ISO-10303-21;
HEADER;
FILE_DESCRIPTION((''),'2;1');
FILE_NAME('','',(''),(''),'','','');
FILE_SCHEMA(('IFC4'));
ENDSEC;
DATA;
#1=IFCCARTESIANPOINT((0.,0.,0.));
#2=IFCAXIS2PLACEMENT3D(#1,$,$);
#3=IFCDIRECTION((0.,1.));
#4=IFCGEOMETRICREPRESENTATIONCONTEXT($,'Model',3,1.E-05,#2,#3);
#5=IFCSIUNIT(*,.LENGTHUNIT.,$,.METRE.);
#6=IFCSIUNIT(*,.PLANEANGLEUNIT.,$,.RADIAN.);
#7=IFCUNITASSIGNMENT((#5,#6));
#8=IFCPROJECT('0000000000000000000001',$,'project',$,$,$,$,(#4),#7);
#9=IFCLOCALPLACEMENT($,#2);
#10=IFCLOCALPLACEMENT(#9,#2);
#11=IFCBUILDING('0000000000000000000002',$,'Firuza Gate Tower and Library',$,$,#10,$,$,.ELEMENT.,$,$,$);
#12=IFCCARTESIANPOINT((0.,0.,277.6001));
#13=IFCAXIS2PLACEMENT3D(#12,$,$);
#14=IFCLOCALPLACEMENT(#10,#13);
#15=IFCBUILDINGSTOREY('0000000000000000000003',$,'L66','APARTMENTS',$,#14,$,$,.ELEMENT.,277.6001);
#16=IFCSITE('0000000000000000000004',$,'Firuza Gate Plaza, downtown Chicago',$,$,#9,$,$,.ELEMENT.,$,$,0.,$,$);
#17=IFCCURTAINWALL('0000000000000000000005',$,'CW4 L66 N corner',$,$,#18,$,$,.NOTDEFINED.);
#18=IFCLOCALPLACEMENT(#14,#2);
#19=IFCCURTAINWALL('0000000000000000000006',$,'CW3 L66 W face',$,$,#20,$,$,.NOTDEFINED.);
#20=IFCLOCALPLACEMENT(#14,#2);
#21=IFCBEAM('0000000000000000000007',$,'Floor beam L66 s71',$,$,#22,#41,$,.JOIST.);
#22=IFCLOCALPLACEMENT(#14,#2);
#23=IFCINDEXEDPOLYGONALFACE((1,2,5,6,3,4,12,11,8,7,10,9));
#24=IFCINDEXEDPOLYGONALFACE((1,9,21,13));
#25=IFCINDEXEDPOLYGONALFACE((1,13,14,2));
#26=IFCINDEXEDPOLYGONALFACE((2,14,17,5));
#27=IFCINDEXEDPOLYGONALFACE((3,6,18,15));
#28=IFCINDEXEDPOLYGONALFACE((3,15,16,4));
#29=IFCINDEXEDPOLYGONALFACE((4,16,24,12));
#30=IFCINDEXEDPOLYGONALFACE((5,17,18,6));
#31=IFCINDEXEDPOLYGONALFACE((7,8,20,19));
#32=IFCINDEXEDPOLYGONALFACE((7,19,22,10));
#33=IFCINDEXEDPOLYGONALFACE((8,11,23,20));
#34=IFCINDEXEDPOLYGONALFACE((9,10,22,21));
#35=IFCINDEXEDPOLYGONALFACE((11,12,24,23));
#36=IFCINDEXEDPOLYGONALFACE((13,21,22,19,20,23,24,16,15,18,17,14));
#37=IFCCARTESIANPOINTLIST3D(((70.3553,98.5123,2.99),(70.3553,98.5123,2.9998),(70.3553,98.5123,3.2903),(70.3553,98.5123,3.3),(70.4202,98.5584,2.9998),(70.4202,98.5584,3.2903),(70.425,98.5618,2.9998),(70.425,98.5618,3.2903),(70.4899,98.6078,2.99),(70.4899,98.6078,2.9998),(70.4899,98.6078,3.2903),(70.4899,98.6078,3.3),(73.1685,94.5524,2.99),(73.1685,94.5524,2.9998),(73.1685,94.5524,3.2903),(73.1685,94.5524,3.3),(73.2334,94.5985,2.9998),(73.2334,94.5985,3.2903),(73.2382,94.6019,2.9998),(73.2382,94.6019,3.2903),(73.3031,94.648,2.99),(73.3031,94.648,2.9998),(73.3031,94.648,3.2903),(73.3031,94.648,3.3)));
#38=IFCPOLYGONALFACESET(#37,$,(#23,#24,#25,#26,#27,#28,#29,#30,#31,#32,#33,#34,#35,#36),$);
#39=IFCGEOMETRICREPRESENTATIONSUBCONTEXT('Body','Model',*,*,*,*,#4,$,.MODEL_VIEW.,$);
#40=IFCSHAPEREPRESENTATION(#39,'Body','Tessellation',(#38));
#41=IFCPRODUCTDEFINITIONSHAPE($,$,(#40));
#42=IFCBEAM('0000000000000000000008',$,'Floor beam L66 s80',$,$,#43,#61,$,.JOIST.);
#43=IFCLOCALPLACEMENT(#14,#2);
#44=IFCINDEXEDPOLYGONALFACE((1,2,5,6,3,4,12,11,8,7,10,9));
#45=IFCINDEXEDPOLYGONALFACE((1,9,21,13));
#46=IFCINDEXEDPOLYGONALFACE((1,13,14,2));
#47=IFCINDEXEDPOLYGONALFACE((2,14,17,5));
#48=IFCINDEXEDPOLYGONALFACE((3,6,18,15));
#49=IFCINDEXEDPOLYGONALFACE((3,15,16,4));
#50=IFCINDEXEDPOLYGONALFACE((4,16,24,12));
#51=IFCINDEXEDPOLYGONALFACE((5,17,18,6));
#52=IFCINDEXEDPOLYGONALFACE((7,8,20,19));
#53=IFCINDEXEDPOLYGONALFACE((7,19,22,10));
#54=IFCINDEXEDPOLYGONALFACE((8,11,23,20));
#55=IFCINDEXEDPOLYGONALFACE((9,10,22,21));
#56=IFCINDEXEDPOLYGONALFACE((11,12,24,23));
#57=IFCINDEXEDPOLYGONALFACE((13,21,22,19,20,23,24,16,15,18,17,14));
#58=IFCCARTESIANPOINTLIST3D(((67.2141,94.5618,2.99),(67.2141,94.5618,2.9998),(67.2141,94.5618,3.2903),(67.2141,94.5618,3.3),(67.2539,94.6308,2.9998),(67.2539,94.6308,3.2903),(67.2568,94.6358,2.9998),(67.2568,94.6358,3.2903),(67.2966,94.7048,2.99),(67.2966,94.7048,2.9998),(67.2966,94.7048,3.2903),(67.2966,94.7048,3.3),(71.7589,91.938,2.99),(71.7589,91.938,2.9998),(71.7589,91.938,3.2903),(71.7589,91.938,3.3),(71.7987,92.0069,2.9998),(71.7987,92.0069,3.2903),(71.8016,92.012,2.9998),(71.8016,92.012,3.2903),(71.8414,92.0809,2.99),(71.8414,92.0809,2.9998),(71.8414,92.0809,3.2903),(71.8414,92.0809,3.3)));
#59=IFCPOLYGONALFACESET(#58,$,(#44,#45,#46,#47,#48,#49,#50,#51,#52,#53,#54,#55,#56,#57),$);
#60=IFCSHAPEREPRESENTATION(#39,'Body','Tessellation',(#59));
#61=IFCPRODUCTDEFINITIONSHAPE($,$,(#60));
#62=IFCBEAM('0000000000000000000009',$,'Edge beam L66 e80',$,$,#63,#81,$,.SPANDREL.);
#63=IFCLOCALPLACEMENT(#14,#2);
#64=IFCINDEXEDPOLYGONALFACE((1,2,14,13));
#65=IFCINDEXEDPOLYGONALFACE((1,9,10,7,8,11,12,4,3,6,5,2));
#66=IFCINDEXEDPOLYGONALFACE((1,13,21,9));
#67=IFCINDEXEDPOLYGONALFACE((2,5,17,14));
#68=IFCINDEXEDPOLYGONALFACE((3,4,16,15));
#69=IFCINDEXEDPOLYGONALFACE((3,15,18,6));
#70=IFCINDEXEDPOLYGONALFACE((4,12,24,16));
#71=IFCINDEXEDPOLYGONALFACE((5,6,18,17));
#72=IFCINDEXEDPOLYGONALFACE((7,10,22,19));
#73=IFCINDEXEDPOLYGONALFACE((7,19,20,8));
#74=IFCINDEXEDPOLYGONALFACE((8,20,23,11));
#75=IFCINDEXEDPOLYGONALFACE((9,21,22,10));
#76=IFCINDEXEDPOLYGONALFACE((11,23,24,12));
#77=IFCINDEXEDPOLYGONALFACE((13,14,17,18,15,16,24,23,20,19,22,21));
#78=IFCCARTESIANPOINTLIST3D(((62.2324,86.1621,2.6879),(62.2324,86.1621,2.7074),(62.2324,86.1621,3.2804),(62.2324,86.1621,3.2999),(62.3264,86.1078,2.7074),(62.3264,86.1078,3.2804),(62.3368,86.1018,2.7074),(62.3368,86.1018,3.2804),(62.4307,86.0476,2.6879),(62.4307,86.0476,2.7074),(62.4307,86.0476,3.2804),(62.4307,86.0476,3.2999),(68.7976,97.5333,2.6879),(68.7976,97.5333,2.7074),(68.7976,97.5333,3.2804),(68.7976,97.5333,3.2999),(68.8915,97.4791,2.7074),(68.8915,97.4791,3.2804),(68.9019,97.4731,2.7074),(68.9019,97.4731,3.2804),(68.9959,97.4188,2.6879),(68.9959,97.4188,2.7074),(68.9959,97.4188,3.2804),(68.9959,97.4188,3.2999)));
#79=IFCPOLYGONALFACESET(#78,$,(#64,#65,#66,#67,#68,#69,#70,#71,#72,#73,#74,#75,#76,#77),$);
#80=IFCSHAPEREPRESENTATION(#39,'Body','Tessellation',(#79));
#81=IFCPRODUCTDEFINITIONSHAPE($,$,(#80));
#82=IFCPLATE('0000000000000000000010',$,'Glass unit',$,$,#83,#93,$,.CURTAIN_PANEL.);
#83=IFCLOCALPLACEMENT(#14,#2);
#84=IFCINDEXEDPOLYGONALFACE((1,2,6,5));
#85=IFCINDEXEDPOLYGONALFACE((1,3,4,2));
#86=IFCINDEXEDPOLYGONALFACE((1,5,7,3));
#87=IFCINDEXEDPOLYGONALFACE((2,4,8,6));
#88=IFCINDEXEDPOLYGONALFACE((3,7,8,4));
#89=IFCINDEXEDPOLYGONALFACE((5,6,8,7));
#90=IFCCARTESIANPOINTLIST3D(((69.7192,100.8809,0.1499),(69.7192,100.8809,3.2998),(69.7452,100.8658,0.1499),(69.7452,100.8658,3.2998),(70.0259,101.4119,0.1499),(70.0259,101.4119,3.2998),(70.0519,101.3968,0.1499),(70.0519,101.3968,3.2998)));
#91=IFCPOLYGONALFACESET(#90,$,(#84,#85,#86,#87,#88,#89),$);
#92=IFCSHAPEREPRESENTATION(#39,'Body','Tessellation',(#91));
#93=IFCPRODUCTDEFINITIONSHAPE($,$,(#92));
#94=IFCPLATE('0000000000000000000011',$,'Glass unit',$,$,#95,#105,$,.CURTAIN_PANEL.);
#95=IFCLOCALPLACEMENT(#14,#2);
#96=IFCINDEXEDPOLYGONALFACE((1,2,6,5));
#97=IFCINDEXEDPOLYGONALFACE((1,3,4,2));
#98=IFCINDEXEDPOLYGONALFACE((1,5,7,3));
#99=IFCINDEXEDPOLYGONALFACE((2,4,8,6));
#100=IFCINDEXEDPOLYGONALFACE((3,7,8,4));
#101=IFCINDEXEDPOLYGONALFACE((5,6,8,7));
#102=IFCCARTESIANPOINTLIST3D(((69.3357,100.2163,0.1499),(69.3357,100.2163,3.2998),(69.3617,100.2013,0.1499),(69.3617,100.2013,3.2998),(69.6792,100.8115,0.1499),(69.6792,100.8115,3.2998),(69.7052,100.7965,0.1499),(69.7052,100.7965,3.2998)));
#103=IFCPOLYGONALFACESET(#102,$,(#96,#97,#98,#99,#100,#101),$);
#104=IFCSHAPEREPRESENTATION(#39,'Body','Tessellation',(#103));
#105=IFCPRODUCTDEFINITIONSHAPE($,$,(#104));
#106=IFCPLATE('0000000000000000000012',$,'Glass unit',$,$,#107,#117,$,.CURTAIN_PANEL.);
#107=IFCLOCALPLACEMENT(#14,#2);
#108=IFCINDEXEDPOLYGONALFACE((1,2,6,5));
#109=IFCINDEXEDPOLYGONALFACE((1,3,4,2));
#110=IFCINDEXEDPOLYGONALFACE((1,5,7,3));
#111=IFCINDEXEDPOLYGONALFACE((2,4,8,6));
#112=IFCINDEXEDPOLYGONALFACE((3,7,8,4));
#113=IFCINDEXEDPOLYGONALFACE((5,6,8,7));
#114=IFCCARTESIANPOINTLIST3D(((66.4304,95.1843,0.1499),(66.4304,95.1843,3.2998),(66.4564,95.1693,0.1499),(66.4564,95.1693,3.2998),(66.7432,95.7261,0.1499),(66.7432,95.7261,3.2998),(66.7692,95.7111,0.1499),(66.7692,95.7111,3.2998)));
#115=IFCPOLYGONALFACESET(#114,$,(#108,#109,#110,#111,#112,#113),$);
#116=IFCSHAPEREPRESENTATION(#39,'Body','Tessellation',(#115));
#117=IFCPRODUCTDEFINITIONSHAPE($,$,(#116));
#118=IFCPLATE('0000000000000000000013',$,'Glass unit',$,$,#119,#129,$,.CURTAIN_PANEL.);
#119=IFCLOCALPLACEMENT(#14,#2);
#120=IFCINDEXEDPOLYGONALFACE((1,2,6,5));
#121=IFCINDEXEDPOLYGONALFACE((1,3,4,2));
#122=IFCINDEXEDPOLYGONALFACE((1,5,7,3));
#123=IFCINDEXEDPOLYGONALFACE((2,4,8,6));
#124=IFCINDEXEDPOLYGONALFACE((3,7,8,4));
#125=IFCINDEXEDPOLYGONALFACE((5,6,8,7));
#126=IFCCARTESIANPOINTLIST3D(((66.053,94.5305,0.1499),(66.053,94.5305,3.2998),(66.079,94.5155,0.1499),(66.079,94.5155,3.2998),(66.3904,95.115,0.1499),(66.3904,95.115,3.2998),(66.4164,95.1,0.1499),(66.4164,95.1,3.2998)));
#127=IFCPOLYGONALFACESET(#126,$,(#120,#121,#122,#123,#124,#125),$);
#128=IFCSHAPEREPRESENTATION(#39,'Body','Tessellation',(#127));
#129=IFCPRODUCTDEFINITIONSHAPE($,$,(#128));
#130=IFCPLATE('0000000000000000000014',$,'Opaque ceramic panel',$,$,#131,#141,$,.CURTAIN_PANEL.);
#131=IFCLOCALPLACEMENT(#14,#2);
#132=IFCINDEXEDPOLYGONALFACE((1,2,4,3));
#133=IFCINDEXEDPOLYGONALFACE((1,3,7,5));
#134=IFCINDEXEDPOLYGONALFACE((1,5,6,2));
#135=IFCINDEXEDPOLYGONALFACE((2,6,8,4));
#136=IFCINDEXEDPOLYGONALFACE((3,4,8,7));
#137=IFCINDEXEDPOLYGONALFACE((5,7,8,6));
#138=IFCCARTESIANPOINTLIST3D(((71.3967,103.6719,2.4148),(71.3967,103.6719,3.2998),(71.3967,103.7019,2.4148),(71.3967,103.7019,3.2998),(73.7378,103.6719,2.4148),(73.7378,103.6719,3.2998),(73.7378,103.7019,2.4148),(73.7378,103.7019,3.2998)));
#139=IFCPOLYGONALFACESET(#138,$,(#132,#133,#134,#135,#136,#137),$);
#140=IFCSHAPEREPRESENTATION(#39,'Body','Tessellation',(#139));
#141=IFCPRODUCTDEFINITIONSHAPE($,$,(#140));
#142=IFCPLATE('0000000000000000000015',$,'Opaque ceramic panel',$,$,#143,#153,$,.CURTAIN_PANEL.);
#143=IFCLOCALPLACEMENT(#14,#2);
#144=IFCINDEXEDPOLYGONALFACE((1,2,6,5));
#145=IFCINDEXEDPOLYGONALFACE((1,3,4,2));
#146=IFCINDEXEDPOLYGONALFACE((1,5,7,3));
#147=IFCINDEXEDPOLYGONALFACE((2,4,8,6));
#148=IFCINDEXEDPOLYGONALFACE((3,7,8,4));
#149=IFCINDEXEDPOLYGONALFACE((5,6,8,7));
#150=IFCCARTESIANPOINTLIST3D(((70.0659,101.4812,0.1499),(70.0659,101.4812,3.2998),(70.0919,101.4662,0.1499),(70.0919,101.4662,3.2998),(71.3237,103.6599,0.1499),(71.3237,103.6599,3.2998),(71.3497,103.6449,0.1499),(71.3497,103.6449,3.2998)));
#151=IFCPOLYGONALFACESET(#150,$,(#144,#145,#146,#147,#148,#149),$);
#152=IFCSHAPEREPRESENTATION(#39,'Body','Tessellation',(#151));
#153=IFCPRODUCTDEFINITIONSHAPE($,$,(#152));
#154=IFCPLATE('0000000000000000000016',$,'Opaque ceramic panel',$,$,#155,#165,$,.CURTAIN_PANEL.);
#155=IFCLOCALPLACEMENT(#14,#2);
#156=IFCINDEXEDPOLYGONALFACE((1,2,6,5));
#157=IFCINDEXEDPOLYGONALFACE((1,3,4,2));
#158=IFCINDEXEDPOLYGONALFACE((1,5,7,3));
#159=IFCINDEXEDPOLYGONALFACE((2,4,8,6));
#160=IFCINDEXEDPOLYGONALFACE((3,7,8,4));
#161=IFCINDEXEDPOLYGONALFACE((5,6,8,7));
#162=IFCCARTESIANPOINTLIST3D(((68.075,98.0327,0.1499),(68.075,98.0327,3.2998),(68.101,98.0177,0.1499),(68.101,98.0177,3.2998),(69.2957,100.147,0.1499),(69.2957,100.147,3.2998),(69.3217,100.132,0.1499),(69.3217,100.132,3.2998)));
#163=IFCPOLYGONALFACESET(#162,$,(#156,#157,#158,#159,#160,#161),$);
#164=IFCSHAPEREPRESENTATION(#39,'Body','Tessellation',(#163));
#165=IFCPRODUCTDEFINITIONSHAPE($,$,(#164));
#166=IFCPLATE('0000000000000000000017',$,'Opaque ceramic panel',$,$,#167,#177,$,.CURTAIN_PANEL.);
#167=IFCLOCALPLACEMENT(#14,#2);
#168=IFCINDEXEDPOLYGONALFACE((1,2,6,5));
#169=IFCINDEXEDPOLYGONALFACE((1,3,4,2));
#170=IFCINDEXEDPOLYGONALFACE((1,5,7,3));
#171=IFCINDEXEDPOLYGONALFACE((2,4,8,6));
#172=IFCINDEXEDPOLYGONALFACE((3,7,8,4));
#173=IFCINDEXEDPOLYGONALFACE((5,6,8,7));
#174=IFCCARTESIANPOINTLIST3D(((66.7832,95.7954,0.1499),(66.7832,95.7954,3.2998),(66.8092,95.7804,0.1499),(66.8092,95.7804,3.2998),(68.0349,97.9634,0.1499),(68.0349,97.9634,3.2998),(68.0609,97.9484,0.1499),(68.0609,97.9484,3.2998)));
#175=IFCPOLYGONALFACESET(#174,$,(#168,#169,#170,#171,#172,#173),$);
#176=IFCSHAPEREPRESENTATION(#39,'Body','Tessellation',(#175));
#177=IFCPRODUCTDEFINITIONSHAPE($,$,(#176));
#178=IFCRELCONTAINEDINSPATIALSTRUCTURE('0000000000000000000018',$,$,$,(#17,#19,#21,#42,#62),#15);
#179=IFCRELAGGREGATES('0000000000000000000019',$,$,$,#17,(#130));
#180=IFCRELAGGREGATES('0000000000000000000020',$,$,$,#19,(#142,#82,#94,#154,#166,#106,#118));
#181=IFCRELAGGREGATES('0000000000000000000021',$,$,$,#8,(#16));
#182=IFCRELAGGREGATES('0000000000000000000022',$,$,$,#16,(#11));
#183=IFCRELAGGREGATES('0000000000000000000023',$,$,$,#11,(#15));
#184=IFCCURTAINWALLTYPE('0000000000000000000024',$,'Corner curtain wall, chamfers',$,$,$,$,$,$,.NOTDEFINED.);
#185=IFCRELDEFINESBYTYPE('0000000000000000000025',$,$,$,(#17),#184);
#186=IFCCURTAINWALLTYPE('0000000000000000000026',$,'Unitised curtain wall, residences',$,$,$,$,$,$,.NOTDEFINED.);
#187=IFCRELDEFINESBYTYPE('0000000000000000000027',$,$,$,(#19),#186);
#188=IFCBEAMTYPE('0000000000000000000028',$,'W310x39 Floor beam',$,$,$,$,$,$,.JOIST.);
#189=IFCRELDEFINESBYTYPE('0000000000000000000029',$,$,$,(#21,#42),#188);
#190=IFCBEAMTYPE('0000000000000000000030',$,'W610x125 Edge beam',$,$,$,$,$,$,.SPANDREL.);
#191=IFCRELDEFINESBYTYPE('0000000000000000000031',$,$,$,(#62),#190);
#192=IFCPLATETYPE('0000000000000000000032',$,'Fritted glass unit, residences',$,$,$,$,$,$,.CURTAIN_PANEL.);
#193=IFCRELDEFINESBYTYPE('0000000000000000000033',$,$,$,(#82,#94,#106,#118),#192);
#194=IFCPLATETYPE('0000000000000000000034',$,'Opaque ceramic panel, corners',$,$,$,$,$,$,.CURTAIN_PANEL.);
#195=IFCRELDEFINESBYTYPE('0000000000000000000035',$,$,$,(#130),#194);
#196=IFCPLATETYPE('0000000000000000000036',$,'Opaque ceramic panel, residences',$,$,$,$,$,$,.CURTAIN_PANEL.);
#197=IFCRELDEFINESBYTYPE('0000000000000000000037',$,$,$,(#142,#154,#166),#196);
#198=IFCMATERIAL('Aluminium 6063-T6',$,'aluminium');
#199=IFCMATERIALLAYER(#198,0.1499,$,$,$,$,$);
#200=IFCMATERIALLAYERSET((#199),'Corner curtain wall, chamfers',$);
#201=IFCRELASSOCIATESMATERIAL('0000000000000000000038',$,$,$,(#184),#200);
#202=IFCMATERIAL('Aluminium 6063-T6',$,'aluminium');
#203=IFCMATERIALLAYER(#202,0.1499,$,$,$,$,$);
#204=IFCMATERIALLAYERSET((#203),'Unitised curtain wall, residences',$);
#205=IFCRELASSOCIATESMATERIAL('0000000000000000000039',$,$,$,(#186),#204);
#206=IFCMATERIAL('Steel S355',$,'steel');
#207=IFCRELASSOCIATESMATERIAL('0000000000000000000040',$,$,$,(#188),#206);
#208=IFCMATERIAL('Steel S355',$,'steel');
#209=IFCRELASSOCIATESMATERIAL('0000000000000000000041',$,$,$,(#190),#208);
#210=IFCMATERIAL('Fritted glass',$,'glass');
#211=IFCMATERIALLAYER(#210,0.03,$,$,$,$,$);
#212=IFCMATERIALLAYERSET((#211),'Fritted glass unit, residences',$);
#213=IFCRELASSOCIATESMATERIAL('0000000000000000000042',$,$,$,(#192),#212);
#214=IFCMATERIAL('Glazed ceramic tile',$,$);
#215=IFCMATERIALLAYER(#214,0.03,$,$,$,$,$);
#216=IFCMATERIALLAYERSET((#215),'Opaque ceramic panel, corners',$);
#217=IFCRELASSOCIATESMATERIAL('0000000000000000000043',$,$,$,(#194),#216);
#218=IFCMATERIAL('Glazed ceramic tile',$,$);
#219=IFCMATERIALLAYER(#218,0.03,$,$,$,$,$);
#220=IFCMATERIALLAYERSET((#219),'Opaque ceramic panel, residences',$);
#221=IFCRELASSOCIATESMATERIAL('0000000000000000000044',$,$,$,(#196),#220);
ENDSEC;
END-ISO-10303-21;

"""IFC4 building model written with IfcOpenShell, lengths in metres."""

from ifc_helpers import new_model, si_unit, direction, frame, origin, origin_2d, place, context, subcontext, project, spatial, polyline, i_section, outline, extrude, material, layer, layer_set, material_profile, profile_set, type_object, element, aggregate, save


model = new_model("IFC4")

# Units and contexts
model_context = context("Model", 3, precision=1e-05, world=origin(), true_north=direction((0.0, 1.0)))
body_context = subcontext(model_context, "Body", "Model", "MODEL_VIEW")
ifc_project = project(units=[si_unit("LENGTHUNIT", "METRE"), si_unit("PLANEANGLEUNIT", "RADIAN")], contexts=[model_context])

# Site, building, storey
site_placement = place(None, origin())
site = spatial("IfcSite", under=ifc_project, at=site_placement, Name="Firuza Gate Plaza, downtown Chicago", CompositionType="ELEMENT", RefElevation=0.0)
building_placement = place(site_placement, origin())
building = spatial("IfcBuilding", under=site, at=building_placement, Name="Firuza Gate Tower and Library", CompositionType="ELEMENT")
storey_placement = place(building_placement, frame((0.0, 0.0, 277.6001)))
storey = spatial("IfcBuildingStorey", under=building, at=storey_placement, Name="L66", Description="APARTMENTS", CompositionType="ELEMENT", Elevation=277.6001)

# Curtain wall
ifc_material_1 = material(Name="Aluminium 6063-T6", Category="aluminium")
ifc_layer_1 = layer(ifc_material_1, 0.1499)
ifc_layer_set_1 = layer_set([ifc_layer_1], Name="Corner curtain wall, chamfers")
curtain_wall_type_1 = type_object("IfcCurtainWallType", Name="Corner curtain wall, chamfers", PredefinedType="NOTDEFINED", material=ifc_layer_set_1)
placement = place(storey_placement, origin())
curtain_wall_1 = element("IfcCurtainWall", 1, at=placement, inside=storey, type_object=curtain_wall_type_1, Name="CW4 L66 N corner", PredefinedType="NOTDEFINED")

# Curtain wall
ifc_material_2 = material(Name="Aluminium 6063-T6", Category="aluminium")
ifc_layer_2 = layer(ifc_material_2, 0.1499)
ifc_layer_set_2 = layer_set([ifc_layer_2], Name="Unitised curtain wall, residences")
curtain_wall_type_2 = type_object("IfcCurtainWallType", Name="Unitised curtain wall, residences", PredefinedType="NOTDEFINED", material=ifc_layer_set_2)
curtain_wall_2 = element("IfcCurtainWall", 2, at=placement, inside=storey, type_object=curtain_wall_type_2, Name="CW3 L66 W face", PredefinedType="NOTDEFINED")

# Beams
ifc_material_3 = material(Name="Steel S355", Category="steel")
ifc_material_profile_1 = material_profile(ifc_material_3, i_section(OverallWidth=0.165, OverallDepth=0.3101, WebThickness=0.0059, FlangeThickness=0.0098, at=origin_2d()))
ifc_profile_set_1 = profile_set([ifc_material_profile_1], Name="Steel S355")
beam_type_1 = type_object("IfcBeamType", Name="W310x39 Floor beam", PredefinedType="JOIST", material=ifc_profile_set_1)
beam_1_placement = place(storey_placement, frame((70.4226, 98.5601, 3.145), z_axis=(0.579149, -0.815222, 0.0), x_axis=(0.815222, 0.579149, 0.0)))
element("IfcBeam", 3, at=beam_1_placement, inside=storey, type_object=beam_type_1, Name="Floor beam L66 s71", PredefinedType="JOIST", context=body_context, shape_type="SweptSolid", body=[
    extrude(i_section(OverallWidth=0.165, OverallDepth=0.3101, WebThickness=0.0059, FlangeThickness=0.0098, at=origin_2d()), origin(), (0.0, 0.0, 1.0), 4.8574),
])
beam_2_placement = place(storey_placement, frame((67.2554, 94.6333, 3.145), z_axis=(0.866033, -0.499987, 0.0), x_axis=(0.499987, 0.866033, 0.0)))
element("IfcBeam", 4, at=beam_2_placement, inside=storey, type_object=beam_type_1, Name="Floor beam L66 s80", PredefinedType="JOIST", context=body_context, shape_type="SweptSolid", body=[
    extrude(i_section(OverallWidth=0.165, OverallDepth=0.3101, WebThickness=0.0059, FlangeThickness=0.0098, at=origin_2d()), origin(), (0.0, 0.0, 1.0), 5.2478),
])
ifc_material_4 = material(Name="Steel S355", Category="steel")
ifc_material_profile_2 = material_profile(ifc_material_4, i_section(OverallWidth=0.229, OverallDepth=0.6121, WebThickness=0.012, FlangeThickness=0.0195, at=origin_2d()))
ifc_profile_set_2 = profile_set([ifc_material_profile_2], Name="Steel S355")
beam_type_2 = type_object("IfcBeamType", Name="W610x125 Edge beam", PredefinedType="SPANDREL", material=ifc_profile_set_2)
beam_3_placement = place(storey_placement, frame((68.8967, 97.4761, 2.9939), z_axis=(-0.499997, -0.866027, 0.0), x_axis=(0.866027, -0.499997, 0.0)))
element("IfcBeam", 5, at=beam_3_placement, inside=storey, type_object=beam_type_2, Name="Edge beam L66 e80", PredefinedType="SPANDREL", context=body_context, shape_type="SweptSolid", body=[
    extrude(i_section(OverallWidth=0.229, OverallDepth=0.6121, WebThickness=0.012, FlangeThickness=0.0195, at=origin_2d()), origin(), (0.0, 0.0, 1.0), 13.1304),
])

# Plates
ifc_material_5 = material(Name="Fritted glass", Category="glass")
ifc_layer_3 = layer(ifc_material_5, 0.03)
ifc_layer_set_3 = layer_set([ifc_layer_3], Name="Fritted glass unit, residences")
plate_type_1 = type_object("IfcPlateType", Name="Fritted glass unit, residences", PredefinedType="CURTAIN_PANEL", material=ifc_layer_set_3)
plate_1_placement = place(storey_placement, frame((70.0259, 101.4119, 0.1499), z_axis=(-0.86598, 0.500079, 0.0), x_axis=(-0.500079, -0.86598, 0.0)))
plate_1 = element("IfcPlate", 6, at=plate_1_placement, type_object=plate_type_1, Name="Glass unit", PredefinedType="CURTAIN_PANEL", context=body_context, shape_type="SweptSolid", body=[
    extrude(outline(polyline([(0.0, 0.0), (0.6132, 0.0), (0.6132, 3.1499), (0.0, 3.1499), (0.0, 0.0)])), origin(), (0.0, 0.0, -1.0), 0.03),
])
plate_2_placement = place(storey_placement, frame((69.6792, 100.8115, 0.1499), z_axis=(-0.866115, 0.499845, 0.0), x_axis=(-0.499845, -0.866115, 0.0)))
plate_2 = element("IfcPlate", 7, at=plate_2_placement, type_object=plate_type_1, Name="Glass unit", PredefinedType="CURTAIN_PANEL", context=body_context, shape_type="SweptSolid", body=[
    extrude(outline(polyline([(0.0, 0.0), (0.6872, 0.0), (0.6872, 3.1499), (0.0, 3.1499), (0.0, 0.0)])), origin(), (0.0, 0.0, -1.0), 0.03),
])
plate_3_placement = place(storey_placement, frame((66.7432, 95.7261, 0.1499), z_axis=(-0.866049, 0.499959, 0.0), x_axis=(-0.499959, -0.866049, 0.0)))
plate_3 = element("IfcPlate", 8, at=plate_3_placement, type_object=plate_type_1, Name="Glass unit", PredefinedType="CURTAIN_PANEL", context=body_context, shape_type="SweptSolid", body=[
    extrude(outline(polyline([(0.0, 0.0), (0.6255, 0.0), (0.6255, 3.1499), (0.0, 3.1499), (0.0, 0.0)])), origin(), (0.0, 0.0, -1.0), 0.03),
])
plate_4_placement = place(storey_placement, frame((66.3904, 95.115, 0.1499), z_axis=(-0.866053, 0.499952, 0.0), x_axis=(-0.499952, -0.866053, 0.0)))
plate_4 = element("IfcPlate", 9, at=plate_4_placement, type_object=plate_type_1, Name="Glass unit", PredefinedType="CURTAIN_PANEL", context=body_context, shape_type="SweptSolid", body=[
    extrude(outline(polyline([(0.0, 0.0), (0.6749, 0.0), (0.6749, 3.1499), (0.0, 3.1499), (0.0, 0.0)])), origin(), (0.0, 0.0, -1.0), 0.03),
])
ifc_material_6 = material(Name="Glazed ceramic tile")
ifc_layer_4 = layer(ifc_material_6, 0.03)
ifc_layer_set_4 = layer_set([ifc_layer_4], Name="Opaque ceramic panel, corners")
plate_type_2 = type_object("IfcPlateType", Name="Opaque ceramic panel, corners", PredefinedType="CURTAIN_PANEL", material=ifc_layer_set_4)
plate_5_placement = place(storey_placement, frame((73.7378, 103.7019, 2.4148), z_axis=(0.0, 1.0, 0.0), x_axis=(-1.0, 0.0, 0.0)))
plate_5 = element("IfcPlate", 10, at=plate_5_placement, type_object=plate_type_2, Name="Opaque ceramic panel", PredefinedType="CURTAIN_PANEL", context=body_context, shape_type="SweptSolid", body=[
    extrude(outline(polyline([(0.0, 0.0), (2.3411, 0.0), (2.3411, 0.885), (0.0, 0.885), (0.0, 0.0)])), origin(), (0.0, 0.0, -1.0), 0.03),
])
aggregate(curtain_wall_1, [plate_5])
ifc_material_7 = material(Name="Glazed ceramic tile")
ifc_layer_5 = layer(ifc_material_7, 0.03)
ifc_layer_set_5 = layer_set([ifc_layer_5], Name="Opaque ceramic panel, residences")
plate_type_3 = type_object("IfcPlateType", Name="Opaque ceramic panel, residences", PredefinedType="CURTAIN_PANEL", material=ifc_layer_set_5)
plate_6_placement = place(storey_placement, frame((71.3237, 103.6599, 0.1499), z_axis=(-0.866037, 0.49998, 0.0), x_axis=(-0.49998, -0.866037, 0.0)))
plate_6 = element("IfcPlate", 11, at=plate_6_placement, type_object=plate_type_3, Name="Opaque ceramic panel", PredefinedType="CURTAIN_PANEL", context=body_context, shape_type="SweptSolid", body=[
    extrude(outline(polyline([(0.0, 0.0), (2.5157, 0.0), (2.5157, 3.1499), (0.0, 3.1499), (0.0, 0.0)])), origin(), (0.0, 0.0, -1.0), 0.03),
])
plate_7_placement = place(storey_placement, frame((69.2957, 100.147, 0.1499), z_axis=(-0.866019, 0.500011, 0.0), x_axis=(-0.500011, -0.866019, 0.0)))
plate_7 = element("IfcPlate", 12, at=plate_7_placement, type_object=plate_type_3, Name="Opaque ceramic panel", PredefinedType="CURTAIN_PANEL", context=body_context, shape_type="SweptSolid", body=[
    extrude(outline(polyline([(0.0, 0.0), (2.4414, 0.0), (2.4414, 3.1499), (0.0, 3.1499), (0.0, 0.0)])), origin(), (0.0, 0.0, -1.0), 0.03),
])
plate_8_placement = place(storey_placement, frame((68.0349, 97.9634, 0.1499), z_axis=(-0.86602, 0.500009, 0.0), x_axis=(-0.500009, -0.86602, 0.0)))
plate_8 = element("IfcPlate", 13, at=plate_8_placement, type_object=plate_type_3, Name="Opaque ceramic panel", PredefinedType="CURTAIN_PANEL", context=body_context, shape_type="SweptSolid", body=[
    extrude(outline(polyline([(0.0, 0.0), (2.5034, 0.0), (2.5034, 3.1499), (0.0, 3.1499), (0.0, 0.0)])), origin(), (0.0, 0.0, -1.0), 0.03),
])
aggregate(curtain_wall_2, [plate_6, plate_1, plate_2, plate_7, plate_8, plate_3, plate_4])

save(model, "model.ifc")
